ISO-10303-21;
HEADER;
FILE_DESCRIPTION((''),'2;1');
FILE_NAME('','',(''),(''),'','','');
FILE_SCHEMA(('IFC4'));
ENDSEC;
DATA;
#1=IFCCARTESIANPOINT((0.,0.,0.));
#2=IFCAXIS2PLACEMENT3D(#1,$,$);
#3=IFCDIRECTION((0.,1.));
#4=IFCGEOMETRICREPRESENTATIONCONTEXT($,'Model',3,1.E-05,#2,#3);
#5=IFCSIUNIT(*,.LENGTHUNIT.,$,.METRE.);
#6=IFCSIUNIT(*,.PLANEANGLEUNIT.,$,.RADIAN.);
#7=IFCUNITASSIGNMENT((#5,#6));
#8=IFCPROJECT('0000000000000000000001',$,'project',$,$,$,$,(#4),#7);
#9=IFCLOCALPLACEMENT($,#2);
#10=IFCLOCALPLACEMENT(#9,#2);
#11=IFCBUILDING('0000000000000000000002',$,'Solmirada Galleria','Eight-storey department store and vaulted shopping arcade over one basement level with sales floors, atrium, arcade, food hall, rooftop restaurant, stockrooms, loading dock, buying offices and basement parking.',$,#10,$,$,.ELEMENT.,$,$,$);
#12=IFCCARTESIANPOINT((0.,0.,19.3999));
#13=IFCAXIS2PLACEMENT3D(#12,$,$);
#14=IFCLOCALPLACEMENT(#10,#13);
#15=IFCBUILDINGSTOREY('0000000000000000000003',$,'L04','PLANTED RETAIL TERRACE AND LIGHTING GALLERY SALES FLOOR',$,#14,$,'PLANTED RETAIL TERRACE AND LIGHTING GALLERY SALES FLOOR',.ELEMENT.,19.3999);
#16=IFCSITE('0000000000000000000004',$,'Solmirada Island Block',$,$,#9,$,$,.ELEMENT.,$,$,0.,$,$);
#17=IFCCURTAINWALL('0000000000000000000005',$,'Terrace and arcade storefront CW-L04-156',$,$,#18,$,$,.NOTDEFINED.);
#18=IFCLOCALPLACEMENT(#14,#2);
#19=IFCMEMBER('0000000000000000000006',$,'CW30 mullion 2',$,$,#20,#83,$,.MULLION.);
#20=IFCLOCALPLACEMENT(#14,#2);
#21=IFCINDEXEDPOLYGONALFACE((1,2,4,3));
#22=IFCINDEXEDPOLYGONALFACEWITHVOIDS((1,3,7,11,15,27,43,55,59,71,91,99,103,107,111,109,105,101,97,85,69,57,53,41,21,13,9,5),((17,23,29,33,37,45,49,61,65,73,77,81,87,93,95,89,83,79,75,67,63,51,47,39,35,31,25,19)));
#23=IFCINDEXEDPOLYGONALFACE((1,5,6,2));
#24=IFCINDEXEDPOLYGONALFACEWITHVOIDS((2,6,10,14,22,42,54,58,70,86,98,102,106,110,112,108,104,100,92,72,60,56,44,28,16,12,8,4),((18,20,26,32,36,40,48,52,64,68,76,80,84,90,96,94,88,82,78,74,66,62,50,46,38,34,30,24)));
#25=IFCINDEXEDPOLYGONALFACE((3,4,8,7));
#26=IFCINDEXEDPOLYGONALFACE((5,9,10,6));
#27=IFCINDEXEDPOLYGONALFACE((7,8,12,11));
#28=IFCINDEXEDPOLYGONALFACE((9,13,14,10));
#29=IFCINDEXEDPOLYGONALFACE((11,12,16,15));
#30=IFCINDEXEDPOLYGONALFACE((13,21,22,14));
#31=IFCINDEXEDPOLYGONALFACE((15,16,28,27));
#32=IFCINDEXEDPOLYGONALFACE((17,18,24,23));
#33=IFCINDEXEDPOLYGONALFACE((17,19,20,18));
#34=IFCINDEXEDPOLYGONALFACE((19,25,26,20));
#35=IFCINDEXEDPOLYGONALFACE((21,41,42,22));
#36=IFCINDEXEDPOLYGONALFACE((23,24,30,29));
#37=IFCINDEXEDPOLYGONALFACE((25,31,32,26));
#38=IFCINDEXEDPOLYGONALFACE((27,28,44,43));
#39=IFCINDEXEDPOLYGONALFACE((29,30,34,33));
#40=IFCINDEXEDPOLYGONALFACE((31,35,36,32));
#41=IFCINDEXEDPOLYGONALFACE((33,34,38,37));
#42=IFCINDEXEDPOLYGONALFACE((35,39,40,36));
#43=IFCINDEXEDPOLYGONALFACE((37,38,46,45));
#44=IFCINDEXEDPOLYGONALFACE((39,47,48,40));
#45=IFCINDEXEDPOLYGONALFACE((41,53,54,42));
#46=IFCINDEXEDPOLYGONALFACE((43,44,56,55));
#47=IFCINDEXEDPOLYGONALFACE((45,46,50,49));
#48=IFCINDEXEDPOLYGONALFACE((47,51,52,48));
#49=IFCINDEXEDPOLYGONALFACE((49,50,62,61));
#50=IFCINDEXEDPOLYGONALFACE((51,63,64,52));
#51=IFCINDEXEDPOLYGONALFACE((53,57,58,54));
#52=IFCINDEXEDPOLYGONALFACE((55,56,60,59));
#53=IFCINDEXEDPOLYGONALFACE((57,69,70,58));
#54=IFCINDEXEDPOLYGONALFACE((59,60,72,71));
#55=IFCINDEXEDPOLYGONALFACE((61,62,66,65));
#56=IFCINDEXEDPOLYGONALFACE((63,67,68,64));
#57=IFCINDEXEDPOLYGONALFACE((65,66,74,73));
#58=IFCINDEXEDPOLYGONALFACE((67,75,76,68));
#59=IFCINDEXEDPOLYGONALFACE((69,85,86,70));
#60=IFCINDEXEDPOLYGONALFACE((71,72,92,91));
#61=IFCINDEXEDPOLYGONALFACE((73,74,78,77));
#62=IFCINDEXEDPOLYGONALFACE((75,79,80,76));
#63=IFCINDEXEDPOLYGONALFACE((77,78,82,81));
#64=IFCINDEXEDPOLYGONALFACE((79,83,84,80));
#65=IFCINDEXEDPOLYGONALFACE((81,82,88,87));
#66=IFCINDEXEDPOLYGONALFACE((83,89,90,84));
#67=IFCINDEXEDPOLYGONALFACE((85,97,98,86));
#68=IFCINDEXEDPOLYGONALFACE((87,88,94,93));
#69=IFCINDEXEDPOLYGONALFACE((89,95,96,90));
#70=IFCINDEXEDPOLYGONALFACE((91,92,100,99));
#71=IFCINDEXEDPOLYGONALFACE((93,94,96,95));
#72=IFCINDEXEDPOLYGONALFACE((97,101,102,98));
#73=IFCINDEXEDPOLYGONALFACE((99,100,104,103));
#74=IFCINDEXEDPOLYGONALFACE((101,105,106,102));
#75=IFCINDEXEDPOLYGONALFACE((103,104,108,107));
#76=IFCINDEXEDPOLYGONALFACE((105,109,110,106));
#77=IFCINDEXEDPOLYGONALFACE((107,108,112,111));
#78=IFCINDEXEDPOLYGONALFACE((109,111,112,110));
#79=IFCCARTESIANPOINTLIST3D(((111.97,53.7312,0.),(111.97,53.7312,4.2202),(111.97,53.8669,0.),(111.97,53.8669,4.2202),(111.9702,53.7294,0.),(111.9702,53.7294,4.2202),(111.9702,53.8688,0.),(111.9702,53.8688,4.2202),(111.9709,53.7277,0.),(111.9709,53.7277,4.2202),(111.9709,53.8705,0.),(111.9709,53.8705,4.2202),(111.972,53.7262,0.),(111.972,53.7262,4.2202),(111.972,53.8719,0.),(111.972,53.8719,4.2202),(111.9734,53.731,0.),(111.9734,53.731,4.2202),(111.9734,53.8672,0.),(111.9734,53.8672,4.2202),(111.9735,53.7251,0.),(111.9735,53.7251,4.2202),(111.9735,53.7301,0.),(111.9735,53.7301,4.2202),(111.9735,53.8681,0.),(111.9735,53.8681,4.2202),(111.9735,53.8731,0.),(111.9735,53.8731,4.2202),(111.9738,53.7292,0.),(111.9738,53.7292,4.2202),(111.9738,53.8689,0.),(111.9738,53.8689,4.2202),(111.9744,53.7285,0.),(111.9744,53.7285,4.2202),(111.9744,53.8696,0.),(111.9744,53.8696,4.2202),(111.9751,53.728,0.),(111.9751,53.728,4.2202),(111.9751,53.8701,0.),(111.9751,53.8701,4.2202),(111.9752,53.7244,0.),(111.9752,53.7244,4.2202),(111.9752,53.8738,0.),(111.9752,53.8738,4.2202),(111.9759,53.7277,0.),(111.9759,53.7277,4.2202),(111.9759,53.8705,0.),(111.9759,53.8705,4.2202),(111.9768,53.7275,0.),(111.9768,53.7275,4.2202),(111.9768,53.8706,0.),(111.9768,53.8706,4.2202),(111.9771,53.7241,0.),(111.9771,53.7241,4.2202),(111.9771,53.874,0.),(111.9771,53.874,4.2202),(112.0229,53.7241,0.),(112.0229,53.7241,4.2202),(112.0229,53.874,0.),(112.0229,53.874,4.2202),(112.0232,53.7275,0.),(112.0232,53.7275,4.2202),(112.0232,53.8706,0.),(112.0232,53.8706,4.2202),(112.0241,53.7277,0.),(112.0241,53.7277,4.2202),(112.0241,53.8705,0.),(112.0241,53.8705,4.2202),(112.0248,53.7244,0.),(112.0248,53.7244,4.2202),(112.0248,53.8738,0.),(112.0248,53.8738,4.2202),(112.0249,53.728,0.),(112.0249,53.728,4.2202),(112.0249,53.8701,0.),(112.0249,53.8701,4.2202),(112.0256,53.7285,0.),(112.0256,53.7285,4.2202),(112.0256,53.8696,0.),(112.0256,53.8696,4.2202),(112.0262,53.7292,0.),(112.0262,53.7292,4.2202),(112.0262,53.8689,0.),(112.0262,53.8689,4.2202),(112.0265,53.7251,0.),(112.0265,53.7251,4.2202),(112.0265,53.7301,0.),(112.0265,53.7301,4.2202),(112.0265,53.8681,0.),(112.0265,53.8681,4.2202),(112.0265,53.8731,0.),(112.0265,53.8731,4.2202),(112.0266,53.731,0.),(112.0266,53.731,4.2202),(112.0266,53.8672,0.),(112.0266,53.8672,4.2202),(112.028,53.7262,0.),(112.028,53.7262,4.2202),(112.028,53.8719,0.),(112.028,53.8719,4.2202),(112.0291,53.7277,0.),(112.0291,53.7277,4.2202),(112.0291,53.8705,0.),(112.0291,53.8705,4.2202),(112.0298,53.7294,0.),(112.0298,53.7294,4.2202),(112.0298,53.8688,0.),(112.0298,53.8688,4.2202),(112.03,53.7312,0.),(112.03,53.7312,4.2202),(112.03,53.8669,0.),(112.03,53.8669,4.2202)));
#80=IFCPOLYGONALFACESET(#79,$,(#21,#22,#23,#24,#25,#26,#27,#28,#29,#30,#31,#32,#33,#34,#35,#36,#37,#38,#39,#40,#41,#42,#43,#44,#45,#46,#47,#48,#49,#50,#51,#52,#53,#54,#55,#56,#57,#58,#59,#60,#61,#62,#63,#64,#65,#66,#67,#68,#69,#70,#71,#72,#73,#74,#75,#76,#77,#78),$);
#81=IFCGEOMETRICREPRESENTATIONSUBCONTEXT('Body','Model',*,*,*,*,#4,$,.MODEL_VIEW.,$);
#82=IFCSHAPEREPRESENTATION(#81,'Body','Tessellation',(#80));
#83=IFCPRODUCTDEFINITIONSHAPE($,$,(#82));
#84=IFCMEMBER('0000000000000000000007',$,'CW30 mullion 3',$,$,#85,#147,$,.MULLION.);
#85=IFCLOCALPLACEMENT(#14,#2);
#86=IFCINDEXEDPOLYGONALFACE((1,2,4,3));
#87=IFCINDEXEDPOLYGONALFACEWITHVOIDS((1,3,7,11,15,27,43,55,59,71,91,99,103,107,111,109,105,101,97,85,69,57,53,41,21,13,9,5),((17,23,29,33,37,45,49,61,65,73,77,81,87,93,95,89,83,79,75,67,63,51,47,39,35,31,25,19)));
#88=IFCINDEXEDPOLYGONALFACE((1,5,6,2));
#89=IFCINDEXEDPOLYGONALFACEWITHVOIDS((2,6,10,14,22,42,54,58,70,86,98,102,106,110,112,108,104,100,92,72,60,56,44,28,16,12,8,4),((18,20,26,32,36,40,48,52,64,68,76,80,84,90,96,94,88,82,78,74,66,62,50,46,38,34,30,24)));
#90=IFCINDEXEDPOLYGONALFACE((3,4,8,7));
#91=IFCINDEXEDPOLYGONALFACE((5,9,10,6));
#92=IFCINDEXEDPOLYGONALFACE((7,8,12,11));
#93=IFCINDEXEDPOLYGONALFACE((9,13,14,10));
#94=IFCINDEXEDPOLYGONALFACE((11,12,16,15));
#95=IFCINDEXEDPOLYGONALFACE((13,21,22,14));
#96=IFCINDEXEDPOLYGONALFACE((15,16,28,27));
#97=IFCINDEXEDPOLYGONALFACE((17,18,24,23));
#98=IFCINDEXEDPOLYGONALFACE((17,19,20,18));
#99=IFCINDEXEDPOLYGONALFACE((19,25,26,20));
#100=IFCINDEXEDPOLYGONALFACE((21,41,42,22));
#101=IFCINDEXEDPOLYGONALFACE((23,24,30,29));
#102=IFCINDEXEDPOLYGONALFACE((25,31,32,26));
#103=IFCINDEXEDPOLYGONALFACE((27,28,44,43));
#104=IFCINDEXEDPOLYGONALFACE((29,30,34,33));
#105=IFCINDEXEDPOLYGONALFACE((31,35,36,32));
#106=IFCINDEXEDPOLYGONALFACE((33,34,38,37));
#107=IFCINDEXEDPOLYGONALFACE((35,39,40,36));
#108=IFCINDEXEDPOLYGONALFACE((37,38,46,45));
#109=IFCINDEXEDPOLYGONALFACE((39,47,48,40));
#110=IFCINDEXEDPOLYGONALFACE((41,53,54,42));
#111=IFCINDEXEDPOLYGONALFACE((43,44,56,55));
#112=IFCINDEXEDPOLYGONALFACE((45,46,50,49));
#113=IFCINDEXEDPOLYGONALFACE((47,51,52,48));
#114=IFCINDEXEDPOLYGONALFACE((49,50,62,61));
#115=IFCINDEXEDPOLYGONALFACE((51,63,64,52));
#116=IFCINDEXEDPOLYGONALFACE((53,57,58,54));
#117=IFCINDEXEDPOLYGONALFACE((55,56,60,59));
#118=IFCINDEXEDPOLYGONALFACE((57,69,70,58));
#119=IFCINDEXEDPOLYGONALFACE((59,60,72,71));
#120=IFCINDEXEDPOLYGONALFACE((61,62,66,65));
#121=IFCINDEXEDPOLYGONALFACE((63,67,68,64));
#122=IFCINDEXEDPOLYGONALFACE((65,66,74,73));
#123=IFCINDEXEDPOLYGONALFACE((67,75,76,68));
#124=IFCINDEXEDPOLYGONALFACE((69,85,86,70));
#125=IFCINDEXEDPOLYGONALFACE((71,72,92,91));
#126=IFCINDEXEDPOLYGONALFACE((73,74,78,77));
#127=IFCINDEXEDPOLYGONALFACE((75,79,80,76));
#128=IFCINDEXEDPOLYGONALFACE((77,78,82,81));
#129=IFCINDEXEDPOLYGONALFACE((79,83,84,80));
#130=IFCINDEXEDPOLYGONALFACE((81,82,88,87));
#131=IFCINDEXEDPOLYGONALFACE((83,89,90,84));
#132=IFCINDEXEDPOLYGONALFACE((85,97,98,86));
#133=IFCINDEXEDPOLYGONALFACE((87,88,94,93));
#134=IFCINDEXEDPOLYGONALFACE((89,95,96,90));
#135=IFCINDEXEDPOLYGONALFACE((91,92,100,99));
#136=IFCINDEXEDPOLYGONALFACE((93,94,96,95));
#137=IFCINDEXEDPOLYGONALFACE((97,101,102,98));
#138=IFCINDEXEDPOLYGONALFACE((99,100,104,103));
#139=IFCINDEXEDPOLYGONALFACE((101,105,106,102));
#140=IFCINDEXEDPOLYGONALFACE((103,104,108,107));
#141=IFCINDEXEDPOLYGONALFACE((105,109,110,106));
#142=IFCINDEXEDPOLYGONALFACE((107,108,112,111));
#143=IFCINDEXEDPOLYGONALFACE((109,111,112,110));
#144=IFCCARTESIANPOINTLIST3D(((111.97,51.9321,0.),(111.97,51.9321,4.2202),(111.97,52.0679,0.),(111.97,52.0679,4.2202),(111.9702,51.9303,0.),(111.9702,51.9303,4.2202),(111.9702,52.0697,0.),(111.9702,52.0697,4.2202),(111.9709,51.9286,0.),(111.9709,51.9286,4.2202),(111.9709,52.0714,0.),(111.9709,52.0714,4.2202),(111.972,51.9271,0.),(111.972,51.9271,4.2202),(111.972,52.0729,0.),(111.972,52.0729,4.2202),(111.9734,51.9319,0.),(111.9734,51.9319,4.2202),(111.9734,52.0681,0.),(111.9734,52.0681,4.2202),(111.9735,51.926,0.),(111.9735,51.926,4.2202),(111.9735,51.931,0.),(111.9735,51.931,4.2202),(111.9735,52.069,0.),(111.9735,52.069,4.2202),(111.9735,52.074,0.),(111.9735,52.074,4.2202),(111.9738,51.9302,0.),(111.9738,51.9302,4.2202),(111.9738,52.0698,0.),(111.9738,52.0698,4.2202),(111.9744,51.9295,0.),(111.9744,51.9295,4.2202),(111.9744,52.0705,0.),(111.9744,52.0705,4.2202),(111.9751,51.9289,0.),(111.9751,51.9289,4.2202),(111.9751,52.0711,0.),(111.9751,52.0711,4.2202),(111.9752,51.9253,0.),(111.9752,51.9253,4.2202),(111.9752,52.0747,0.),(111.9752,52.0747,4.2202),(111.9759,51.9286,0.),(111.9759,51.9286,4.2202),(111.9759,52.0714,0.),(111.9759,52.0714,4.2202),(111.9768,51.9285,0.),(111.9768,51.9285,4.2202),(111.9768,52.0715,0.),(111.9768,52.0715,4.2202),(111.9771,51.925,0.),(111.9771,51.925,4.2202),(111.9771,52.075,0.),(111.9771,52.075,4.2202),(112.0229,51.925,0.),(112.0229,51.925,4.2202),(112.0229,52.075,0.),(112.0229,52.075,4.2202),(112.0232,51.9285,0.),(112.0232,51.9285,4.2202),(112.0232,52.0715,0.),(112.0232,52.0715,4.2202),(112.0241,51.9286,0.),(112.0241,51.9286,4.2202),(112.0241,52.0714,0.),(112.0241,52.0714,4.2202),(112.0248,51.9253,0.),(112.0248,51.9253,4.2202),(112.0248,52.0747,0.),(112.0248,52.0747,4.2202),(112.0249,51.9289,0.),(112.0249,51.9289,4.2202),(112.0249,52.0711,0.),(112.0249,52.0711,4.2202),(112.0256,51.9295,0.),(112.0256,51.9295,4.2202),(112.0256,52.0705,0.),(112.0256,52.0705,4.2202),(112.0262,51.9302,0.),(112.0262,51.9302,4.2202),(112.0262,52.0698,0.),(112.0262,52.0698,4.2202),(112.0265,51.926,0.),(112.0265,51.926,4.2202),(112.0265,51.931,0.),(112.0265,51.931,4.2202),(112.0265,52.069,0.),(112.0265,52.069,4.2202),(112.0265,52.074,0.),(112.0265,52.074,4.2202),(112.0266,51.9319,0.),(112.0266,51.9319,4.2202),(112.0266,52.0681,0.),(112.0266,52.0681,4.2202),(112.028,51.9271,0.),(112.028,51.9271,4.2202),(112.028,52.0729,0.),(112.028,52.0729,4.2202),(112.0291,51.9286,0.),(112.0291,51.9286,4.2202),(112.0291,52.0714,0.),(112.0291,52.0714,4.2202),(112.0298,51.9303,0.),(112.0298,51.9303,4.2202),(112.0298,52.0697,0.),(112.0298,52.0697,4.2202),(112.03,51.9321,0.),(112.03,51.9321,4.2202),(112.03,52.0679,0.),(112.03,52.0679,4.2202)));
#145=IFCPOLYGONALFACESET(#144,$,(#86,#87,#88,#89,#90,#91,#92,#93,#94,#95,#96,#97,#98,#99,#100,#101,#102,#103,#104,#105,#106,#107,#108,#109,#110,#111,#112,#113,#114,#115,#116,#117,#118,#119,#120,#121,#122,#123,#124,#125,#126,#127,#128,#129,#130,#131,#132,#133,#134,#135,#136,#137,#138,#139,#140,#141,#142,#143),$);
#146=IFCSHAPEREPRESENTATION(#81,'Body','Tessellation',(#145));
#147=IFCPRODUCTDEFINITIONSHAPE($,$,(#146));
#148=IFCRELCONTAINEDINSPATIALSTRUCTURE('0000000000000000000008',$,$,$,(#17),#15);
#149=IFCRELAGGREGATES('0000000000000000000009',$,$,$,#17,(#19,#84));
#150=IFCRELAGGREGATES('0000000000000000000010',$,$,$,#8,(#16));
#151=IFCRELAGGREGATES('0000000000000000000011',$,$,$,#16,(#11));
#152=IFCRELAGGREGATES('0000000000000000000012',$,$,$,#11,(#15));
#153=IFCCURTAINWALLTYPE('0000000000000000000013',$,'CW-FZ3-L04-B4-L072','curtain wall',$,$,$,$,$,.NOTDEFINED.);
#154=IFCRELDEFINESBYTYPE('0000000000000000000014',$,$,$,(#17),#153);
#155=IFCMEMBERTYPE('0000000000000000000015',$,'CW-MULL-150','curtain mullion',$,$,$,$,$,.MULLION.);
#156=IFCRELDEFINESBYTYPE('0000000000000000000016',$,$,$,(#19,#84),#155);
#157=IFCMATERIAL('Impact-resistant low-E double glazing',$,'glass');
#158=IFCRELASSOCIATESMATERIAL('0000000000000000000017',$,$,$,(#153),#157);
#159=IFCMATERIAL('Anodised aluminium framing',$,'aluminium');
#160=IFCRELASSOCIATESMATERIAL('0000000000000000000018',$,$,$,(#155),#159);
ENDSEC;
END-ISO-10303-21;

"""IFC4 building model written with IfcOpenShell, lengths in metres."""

from ifc_helpers import new_model, si_unit, direction, frame, origin, origin_2d, place, context, subcontext, project, spatial, hollow_rectangle, extrude, material, material_profile, profile_set, type_object, element, aggregate, save


model = new_model("IFC4")

# Units and contexts
model_context = context("Model", 3, precision=1e-05, world=origin(), true_north=direction((0.0, 1.0)))
body_context = subcontext(model_context, "Body", "Model", "MODEL_VIEW")
ifc_project = project(units=[si_unit("LENGTHUNIT", "METRE"), si_unit("PLANEANGLEUNIT", "RADIAN")], contexts=[model_context])

# Site, building, storey
site_placement = place(None, origin())
site = spatial("IfcSite", under=ifc_project, at=site_placement, Name="Solmirada Island Block", CompositionType="ELEMENT", RefElevation=0.0)
building_placement = place(site_placement, origin())
building = spatial("IfcBuilding", under=site, at=building_placement, Name="Solmirada Galleria", Description="Eight-storey department store and vaulted shopping arcade over one basement level with sales floors, atrium, arcade, food hall, rooftop restaurant, stockrooms, loading dock, buying offices and basement parking.", CompositionType="ELEMENT")
storey_placement = place(building_placement, frame((0.0, 0.0, 19.3999)))
storey = spatial("IfcBuildingStorey", under=building, at=storey_placement, Name="L04", Description="PLANTED RETAIL TERRACE AND LIGHTING GALLERY SALES FLOOR", LongName="PLANTED RETAIL TERRACE AND LIGHTING GALLERY SALES FLOOR", CompositionType="ELEMENT", Elevation=19.3999)

# Curtain wall, members
ifc_material_1 = material(Name="Impact-resistant low-E double glazing", Category="glass")
curtain_wall_type = type_object("IfcCurtainWallType", Name="CW-FZ3-L04-B4-L072", Description="curtain wall", PredefinedType="NOTDEFINED", material=ifc_material_1)
curtain_wall_placement = place(storey_placement, origin())
curtain_wall = element("IfcCurtainWall", 1, at=curtain_wall_placement, inside=storey, type_object=curtain_wall_type, Name="Terrace and arcade storefront CW-L04-156", PredefinedType="NOTDEFINED")
ifc_material_2 = material(Name="Anodised aluminium framing", Category="aluminium")
ifc_material_profile_1 = material_profile(ifc_material_2, hollow_rectangle(XDim=0.0601, YDim=0.1499, WallThickness=0.0034, InnerFilletRadius=0.0034, OuterFilletRadius=0.0071, at=origin_2d()), Name="ALU-MULL-150X60")
ifc_profile_set_1 = profile_set([ifc_material_profile_1], Name="Anodised aluminium framing")
member_type_1 = type_object("IfcMemberType", Name="CW-MULL-150", Description="curtain mullion", PredefinedType="MULLION", material=ifc_profile_set_1)
member_1_placement = place(storey_placement, frame((112.0, 53.7991, 0.0), z_axis=(0.0, 0.0, 1.0), x_axis=(1.0, 0.0, 0.0)))
member_1 = element("IfcMember", 2, at=member_1_placement, type_object=member_type_1, Name="CW30 mullion 2", PredefinedType="MULLION", context=body_context, shape_type="SweptSolid", body=[
    extrude(hollow_rectangle(XDim=0.0601, YDim=0.1499, WallThickness=0.0034, InnerFilletRadius=0.0034, OuterFilletRadius=0.0071, at=origin_2d()), origin(), (0.0, 0.0, 1.0), 4.2202),
])
member_2_placement = place(storey_placement, frame((112.0, 52.0, 0.0), z_axis=(0.0, 0.0, 1.0), x_axis=(1.0, 0.0, 0.0)))
member_2 = element("IfcMember", 3, at=member_2_placement, type_object=member_type_1, Name="CW30 mullion 3", PredefinedType="MULLION", context=body_context, shape_type="SweptSolid", body=[
    extrude(hollow_rectangle(XDim=0.0601, YDim=0.1499, WallThickness=0.0034, InnerFilletRadius=0.0034, OuterFilletRadius=0.0071, at=origin_2d()), origin(), (0.0, 0.0, 1.0), 4.2202),
])
aggregate(curtain_wall, [member_1, member_2])

save(model, "model.ifc")
